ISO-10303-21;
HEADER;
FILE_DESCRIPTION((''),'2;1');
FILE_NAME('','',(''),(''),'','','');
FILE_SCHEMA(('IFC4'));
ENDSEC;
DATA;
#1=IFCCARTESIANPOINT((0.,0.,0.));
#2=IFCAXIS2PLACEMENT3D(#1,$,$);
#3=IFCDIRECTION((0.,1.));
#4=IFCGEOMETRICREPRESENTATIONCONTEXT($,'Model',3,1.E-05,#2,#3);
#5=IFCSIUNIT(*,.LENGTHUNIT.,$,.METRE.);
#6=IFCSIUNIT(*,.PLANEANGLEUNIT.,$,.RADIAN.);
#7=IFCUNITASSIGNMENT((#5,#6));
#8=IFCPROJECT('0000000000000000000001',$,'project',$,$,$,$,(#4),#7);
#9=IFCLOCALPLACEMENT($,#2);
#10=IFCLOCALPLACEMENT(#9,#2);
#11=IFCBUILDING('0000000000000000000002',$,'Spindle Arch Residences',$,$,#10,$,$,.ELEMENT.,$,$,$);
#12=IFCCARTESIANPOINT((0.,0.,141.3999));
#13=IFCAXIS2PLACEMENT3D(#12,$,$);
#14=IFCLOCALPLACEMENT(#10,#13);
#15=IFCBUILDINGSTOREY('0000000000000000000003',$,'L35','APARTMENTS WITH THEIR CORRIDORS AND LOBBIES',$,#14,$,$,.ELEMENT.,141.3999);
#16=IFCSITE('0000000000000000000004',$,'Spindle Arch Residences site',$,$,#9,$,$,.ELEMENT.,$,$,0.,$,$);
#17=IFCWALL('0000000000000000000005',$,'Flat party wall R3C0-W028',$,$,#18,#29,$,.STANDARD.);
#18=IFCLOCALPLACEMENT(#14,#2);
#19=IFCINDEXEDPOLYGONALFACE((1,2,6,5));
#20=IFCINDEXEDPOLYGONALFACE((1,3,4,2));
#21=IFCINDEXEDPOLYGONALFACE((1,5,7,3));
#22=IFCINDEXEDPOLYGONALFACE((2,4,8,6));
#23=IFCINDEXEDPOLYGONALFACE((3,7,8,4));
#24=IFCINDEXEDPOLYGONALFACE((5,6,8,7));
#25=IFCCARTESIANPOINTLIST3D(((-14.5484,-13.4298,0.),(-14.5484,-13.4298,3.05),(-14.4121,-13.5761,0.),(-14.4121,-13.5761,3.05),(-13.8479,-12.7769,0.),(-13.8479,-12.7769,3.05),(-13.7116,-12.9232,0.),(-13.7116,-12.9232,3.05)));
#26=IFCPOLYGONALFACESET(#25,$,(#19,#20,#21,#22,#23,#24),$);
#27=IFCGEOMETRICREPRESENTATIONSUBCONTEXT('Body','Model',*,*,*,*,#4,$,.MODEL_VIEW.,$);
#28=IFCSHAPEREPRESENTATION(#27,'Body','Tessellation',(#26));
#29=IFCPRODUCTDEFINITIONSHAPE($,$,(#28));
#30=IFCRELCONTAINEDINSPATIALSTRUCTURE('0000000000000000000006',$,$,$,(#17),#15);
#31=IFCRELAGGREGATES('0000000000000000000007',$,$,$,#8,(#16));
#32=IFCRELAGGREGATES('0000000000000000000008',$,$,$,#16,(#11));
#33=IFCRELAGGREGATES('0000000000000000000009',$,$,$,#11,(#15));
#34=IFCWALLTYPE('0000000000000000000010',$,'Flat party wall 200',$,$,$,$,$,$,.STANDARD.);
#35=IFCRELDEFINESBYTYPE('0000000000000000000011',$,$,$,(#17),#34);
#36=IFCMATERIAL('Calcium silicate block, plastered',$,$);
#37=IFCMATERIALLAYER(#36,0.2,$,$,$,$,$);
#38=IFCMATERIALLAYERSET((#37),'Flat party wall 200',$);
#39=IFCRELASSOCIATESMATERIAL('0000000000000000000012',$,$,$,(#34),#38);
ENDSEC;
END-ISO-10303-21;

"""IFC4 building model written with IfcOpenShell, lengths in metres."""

from ifc_helpers import new_model, si_unit, direction, frame, frame_2d, origin, place, context, subcontext, project, spatial, rectangle, extrude, material, layer, layer_set, type_object, element, save


model = new_model("IFC4")

# Units and contexts
model_context = context("Model", 3, precision=1e-05, world=origin(), true_north=direction((0.0, 1.0)))
body_context = subcontext(model_context, "Body", "Model", "MODEL_VIEW")
ifc_project = project(units=[si_unit("LENGTHUNIT", "METRE"), si_unit("PLANEANGLEUNIT", "RADIAN")], contexts=[model_context])

# Site, building, storey
site_placement = place(None, origin())
site = spatial("IfcSite", under=ifc_project, at=site_placement, Name="Spindle Arch Residences site", CompositionType="ELEMENT", RefElevation=0.0)
building_placement = place(site_placement, origin())
building = spatial("IfcBuilding", under=site, at=building_placement, Name="Spindle Arch Residences", CompositionType="ELEMENT")
storey_placement = place(building_placement, frame((0.0, 0.0, 141.3999)))
storey = spatial("IfcBuildingStorey", under=building, at=storey_placement, Name="L35", Description="APARTMENTS WITH THEIR CORRIDORS AND LOBBIES", CompositionType="ELEMENT", Elevation=141.3999)

# Wall
ifc_material_1 = material(Name="Calcium silicate block, plastered")
ifc_layer_1 = layer(ifc_material_1, 0.2)
ifc_layer_set_1 = layer_set([ifc_layer_1], Name="Flat party wall 200")
wall_type_1 = type_object("IfcWallType", Name="Flat party wall 200", PredefinedType="STANDARD", material=ifc_layer_set_1)
wall_1_placement = place(storey_placement, frame((-14.4802, -13.5029, 0.0), z_axis=(0.0, 0.0, 1.0), x_axis=(0.73153, 0.681809, 0.0)))
element("IfcWall", 1, at=wall_1_placement, inside=storey, type_object=wall_type_1, Name="Flat party wall R3C0-W028", PredefinedType="STANDARD", context=body_context, shape_type="SweptSolid", body=[
    extrude(rectangle(XDim=0.9575, YDim=0.2, at=frame_2d((0.4788, 0.0))), origin(), (0.0, 0.0, 1.0), 3.05),
])

save(model, "model.ifc")
